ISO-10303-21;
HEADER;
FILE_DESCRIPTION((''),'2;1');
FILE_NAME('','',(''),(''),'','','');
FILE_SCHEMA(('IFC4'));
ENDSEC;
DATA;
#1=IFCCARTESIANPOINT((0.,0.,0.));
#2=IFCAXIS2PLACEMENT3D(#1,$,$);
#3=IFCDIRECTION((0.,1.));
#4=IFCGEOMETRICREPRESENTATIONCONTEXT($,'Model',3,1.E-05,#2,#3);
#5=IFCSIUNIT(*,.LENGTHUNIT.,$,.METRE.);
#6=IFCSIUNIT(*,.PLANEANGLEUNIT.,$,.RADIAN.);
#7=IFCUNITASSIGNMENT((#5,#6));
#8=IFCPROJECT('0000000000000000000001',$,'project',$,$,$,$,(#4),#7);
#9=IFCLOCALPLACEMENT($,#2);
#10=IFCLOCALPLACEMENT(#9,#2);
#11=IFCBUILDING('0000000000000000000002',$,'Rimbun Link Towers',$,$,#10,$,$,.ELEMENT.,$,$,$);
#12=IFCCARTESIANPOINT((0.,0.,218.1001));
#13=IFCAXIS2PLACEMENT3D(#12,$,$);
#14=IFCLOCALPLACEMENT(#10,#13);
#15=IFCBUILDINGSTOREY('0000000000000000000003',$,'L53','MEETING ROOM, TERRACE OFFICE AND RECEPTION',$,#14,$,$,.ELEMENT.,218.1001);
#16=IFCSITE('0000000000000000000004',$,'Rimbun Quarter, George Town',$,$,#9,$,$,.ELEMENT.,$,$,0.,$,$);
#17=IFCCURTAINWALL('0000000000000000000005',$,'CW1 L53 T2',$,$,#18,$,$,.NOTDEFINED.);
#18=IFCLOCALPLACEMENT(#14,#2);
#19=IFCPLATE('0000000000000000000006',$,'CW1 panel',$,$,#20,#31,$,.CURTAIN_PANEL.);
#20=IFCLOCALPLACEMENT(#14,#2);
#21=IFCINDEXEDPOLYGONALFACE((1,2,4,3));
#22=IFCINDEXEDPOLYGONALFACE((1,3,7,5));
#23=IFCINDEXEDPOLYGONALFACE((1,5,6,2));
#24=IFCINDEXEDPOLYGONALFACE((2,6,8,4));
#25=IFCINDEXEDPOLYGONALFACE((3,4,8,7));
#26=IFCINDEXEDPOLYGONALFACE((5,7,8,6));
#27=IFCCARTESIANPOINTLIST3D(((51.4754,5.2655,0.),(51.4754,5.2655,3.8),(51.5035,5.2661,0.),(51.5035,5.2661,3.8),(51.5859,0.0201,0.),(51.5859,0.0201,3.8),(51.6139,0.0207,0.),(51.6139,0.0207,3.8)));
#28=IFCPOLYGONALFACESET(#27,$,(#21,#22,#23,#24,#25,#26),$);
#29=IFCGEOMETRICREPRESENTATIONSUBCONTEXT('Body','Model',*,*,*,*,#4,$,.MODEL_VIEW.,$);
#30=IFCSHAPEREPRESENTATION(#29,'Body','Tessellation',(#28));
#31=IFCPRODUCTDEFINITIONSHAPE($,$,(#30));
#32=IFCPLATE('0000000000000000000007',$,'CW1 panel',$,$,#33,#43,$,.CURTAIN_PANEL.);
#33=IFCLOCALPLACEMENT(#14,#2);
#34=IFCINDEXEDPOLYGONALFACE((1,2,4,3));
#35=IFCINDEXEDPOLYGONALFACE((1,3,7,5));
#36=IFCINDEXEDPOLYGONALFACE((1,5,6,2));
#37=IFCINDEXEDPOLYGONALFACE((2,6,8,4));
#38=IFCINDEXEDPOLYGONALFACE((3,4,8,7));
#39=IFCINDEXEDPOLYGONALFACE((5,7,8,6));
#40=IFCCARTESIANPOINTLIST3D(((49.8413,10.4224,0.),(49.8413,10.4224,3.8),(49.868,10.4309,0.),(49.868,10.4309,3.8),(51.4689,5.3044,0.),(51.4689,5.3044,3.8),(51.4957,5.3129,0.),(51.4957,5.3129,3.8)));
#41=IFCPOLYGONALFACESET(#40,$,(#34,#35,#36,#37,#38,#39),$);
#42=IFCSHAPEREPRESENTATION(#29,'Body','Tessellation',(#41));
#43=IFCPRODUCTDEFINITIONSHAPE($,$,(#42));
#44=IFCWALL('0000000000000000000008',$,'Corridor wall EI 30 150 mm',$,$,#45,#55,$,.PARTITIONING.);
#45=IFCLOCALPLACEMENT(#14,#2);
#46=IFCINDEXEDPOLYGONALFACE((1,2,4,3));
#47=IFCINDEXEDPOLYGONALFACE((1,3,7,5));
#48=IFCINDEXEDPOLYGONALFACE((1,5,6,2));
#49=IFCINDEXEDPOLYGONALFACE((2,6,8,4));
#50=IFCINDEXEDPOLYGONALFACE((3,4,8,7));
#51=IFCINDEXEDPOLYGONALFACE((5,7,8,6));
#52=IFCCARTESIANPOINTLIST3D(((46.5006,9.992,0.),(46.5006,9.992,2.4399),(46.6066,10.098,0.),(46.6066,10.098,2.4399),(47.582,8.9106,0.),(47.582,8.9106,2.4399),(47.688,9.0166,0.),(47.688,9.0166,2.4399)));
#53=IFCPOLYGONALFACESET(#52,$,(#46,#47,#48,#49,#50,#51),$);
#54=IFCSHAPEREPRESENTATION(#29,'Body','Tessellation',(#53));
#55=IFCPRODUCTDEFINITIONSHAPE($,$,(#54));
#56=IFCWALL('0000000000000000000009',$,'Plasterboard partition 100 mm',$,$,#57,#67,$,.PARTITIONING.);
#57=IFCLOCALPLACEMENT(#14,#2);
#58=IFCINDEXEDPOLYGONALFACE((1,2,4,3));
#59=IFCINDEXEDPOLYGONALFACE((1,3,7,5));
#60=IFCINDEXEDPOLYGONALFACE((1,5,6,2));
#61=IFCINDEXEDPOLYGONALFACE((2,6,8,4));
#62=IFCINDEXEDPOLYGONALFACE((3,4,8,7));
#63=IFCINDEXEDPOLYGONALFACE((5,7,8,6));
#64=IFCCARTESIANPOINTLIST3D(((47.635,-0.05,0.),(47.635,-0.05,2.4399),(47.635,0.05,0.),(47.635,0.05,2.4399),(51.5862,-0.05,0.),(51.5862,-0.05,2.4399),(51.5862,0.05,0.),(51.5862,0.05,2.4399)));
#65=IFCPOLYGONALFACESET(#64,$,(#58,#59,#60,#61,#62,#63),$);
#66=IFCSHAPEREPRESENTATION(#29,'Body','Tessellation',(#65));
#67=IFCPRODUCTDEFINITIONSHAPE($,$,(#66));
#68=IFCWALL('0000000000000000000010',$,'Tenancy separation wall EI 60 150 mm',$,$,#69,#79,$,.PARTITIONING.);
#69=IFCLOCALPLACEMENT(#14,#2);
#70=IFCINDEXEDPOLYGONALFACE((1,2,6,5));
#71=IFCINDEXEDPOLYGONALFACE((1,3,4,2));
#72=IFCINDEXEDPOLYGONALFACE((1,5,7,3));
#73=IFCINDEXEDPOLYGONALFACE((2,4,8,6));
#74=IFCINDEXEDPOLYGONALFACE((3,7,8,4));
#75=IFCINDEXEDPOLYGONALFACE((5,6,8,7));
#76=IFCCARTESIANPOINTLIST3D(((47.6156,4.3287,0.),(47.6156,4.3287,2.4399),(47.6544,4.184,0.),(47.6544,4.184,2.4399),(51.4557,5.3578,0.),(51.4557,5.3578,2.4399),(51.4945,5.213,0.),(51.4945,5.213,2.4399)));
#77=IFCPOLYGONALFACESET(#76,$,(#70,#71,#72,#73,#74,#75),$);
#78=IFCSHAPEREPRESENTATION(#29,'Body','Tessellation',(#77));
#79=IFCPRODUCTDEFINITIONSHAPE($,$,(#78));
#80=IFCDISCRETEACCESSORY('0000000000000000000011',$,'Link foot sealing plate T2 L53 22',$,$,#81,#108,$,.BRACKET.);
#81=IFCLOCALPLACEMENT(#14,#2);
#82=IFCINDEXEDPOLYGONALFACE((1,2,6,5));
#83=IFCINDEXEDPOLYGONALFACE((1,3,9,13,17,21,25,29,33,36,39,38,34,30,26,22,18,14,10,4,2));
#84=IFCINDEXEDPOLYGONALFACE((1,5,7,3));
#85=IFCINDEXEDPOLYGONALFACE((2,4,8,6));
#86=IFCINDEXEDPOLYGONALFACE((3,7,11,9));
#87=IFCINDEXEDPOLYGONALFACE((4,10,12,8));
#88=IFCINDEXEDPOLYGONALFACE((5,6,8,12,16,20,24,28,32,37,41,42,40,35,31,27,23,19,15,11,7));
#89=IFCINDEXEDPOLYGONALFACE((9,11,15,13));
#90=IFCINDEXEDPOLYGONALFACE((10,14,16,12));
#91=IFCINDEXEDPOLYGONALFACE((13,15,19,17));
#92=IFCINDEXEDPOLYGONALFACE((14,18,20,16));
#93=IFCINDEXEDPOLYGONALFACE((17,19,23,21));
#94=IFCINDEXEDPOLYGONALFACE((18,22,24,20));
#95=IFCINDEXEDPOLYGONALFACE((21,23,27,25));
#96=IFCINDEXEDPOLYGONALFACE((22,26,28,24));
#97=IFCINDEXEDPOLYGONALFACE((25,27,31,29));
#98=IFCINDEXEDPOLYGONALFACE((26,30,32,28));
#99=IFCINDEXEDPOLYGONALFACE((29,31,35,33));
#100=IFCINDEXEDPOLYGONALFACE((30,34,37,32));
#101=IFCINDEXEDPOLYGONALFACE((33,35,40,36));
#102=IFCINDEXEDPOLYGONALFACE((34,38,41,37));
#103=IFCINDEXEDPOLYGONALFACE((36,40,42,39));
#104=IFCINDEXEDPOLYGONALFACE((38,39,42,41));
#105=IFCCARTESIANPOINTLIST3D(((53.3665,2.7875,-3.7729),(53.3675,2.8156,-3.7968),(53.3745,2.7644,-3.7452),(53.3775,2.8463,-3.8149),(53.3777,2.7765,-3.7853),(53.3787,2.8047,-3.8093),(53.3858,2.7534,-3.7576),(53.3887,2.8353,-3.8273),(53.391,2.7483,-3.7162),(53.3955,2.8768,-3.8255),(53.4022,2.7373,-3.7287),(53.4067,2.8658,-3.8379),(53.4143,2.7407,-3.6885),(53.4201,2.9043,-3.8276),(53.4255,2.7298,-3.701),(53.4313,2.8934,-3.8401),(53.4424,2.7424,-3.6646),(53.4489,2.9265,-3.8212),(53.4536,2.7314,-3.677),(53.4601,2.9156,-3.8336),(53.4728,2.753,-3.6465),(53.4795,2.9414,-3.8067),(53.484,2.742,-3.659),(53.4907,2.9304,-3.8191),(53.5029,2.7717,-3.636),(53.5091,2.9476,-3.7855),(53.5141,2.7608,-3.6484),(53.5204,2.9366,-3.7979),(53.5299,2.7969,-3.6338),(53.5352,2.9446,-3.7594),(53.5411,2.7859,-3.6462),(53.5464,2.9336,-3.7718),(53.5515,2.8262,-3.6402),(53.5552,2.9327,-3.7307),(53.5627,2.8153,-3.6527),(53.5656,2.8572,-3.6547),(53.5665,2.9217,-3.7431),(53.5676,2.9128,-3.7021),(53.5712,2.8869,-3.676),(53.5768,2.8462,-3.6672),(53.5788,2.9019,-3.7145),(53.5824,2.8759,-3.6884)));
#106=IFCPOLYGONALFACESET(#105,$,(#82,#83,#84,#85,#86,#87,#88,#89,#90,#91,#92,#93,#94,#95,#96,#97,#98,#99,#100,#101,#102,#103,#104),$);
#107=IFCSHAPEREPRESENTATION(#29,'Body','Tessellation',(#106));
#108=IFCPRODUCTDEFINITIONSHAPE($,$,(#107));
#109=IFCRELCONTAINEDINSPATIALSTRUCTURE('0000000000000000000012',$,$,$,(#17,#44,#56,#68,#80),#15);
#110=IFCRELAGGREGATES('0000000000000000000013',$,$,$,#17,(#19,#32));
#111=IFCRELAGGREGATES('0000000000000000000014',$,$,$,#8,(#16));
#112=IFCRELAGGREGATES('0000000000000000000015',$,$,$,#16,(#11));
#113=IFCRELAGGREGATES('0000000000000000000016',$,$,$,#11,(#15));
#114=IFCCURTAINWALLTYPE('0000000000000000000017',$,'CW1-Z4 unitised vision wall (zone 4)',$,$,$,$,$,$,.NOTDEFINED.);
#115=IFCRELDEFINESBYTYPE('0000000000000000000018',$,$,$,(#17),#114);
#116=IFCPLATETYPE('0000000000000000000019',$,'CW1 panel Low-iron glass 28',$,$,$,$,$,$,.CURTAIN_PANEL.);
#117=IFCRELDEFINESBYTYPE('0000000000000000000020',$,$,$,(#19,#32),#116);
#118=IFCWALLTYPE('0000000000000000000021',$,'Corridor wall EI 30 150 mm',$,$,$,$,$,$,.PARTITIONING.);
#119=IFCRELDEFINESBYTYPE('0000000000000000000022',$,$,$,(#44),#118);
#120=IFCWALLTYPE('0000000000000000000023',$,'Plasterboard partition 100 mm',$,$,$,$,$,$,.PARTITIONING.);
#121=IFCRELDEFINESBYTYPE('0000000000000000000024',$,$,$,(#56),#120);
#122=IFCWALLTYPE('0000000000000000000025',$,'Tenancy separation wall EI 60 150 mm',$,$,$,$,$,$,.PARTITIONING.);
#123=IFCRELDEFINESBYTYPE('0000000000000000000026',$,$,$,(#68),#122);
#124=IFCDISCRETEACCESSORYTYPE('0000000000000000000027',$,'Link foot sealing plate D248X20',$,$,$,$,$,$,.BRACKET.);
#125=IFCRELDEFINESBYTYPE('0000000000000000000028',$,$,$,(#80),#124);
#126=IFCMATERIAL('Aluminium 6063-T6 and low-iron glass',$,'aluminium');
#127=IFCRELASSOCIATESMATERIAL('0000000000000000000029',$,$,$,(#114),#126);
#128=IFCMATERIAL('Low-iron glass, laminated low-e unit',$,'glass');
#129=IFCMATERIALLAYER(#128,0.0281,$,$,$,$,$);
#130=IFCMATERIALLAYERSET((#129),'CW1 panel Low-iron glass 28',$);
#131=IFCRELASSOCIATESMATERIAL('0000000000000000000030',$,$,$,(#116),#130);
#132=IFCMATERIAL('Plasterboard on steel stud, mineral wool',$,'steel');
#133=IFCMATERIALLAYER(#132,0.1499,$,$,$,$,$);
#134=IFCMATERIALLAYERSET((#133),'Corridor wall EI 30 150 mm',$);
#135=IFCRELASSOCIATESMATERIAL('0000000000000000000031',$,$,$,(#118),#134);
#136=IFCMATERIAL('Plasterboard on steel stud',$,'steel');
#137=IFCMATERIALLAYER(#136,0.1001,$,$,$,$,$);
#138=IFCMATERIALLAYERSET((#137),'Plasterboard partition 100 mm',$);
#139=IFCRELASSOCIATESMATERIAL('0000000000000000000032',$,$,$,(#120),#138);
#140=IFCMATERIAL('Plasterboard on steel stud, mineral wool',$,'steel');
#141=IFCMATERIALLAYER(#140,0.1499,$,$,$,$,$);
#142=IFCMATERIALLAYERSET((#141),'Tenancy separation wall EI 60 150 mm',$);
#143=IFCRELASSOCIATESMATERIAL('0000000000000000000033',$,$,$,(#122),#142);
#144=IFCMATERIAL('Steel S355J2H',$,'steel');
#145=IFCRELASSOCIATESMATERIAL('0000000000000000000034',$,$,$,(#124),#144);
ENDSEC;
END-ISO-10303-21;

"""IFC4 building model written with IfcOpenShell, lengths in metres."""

from ifc_helpers import new_model, si_unit, direction, frame, frame_2d, origin, origin_2d, place, context, subcontext, project, spatial, rectangle, circle, extrude, material, layer, layer_set, material_profile, profile_set, type_object, element, aggregate, save


model = new_model("IFC4")

# Units and contexts
model_context = context("Model", 3, precision=1e-05, world=origin(), true_north=direction((0.0, 1.0)))
body_context = subcontext(model_context, "Body", "Model", "MODEL_VIEW")
ifc_project = project(units=[si_unit("LENGTHUNIT", "METRE"), si_unit("PLANEANGLEUNIT", "RADIAN")], contexts=[model_context])

# Site, building, storey
site_placement = place(None, origin())
site = spatial("IfcSite", under=ifc_project, at=site_placement, Name="Rimbun Quarter, George Town", CompositionType="ELEMENT", RefElevation=0.0)
building_placement = place(site_placement, origin())
building = spatial("IfcBuilding", under=site, at=building_placement, Name="Rimbun Link Towers", CompositionType="ELEMENT")
storey_placement = place(building_placement, frame((0.0, 0.0, 218.1001)))
storey = spatial("IfcBuildingStorey", under=building, at=storey_placement, Name="L53", Description="MEETING ROOM, TERRACE OFFICE AND RECEPTION", CompositionType="ELEMENT", Elevation=218.1001)

# Curtain wall
ifc_material_1 = material(Name="Aluminium 6063-T6 and low-iron glass", Category="aluminium")
curtain_wall_type = type_object("IfcCurtainWallType", Name="CW1-Z4 unitised vision wall (zone 4)", PredefinedType="NOTDEFINED", material=ifc_material_1)
curtain_wall_placement = place(storey_placement, origin())
curtain_wall = element("IfcCurtainWall", 1, at=curtain_wall_placement, inside=storey, type_object=curtain_wall_type, Name="CW1 L53 T2", PredefinedType="NOTDEFINED")

# Plates
ifc_material_2 = material(Name="Low-iron glass, laminated low-e unit", Category="glass")
ifc_layer_1 = layer(ifc_material_2, 0.0281)
ifc_layer_set_1 = layer_set([ifc_layer_1], Name="CW1 panel Low-iron glass 28")
plate_type = type_object("IfcPlateType", Name="CW1 panel Low-iron glass 28", PredefinedType="CURTAIN_PANEL", material=ifc_layer_set_1)
plate_1_placement = place(storey_placement, frame((51.5447, 2.6431, 0.0), z_axis=(0.0, 0.0, 1.0), x_axis=(0.021054, -0.999778, 0.0)))
plate_1 = element("IfcPlate", 2, at=plate_1_placement, type_object=plate_type, Name="CW1 panel", PredefinedType="CURTAIN_PANEL", context=body_context, shape_type="SweptSolid", body=[
    extrude(rectangle(XDim=5.2466, YDim=0.0281, at=origin_2d()), origin(), (0.0, 0.0, 1.0), 3.8),
])
plate_2_placement = place(storey_placement, frame((50.6685, 7.8677, 0.0), z_axis=(0.0, 0.0, 1.0), x_axis=(0.303068, -0.952969, 0.0)))
plate_2 = element("IfcPlate", 3, at=plate_2_placement, type_object=plate_type, Name="CW1 panel", PredefinedType="CURTAIN_PANEL", context=body_context, shape_type="SweptSolid", body=[
    extrude(rectangle(XDim=5.3706, YDim=0.0281, at=origin_2d()), origin(), (0.0, 0.0, 1.0), 3.8),
])
aggregate(curtain_wall, [plate_1, plate_2])

# Walls
ifc_material_3 = material(Name="Plasterboard on steel stud, mineral wool", Category="steel")
ifc_layer_2 = layer(ifc_material_3, 0.1499)
ifc_layer_set_2 = layer_set([ifc_layer_2], Name="Corridor wall EI 30 150 mm")
wall_type_1 = type_object("IfcWallType", Name="Corridor wall EI 30 150 mm", PredefinedType="PARTITIONING", material=ifc_layer_set_2)
wall_1_placement = place(storey_placement, frame((47.635, 8.9636, 0.0), z_axis=(0.0, 0.0, 1.0), x_axis=(-0.707107, 0.707107, 0.0)))
element("IfcWall", 4, at=wall_1_placement, inside=storey, type_object=wall_type_1, Name="Corridor wall EI 30 150 mm", PredefinedType="PARTITIONING", context=body_context, shape_type="SweptSolid", body=[
    extrude(rectangle(XDim=1.5293, YDim=0.1499, at=frame_2d((0.7646, 0.0))), origin(), (0.0, 0.0, 1.0), 2.4399),
])
ifc_material_4 = material(Name="Plasterboard on steel stud", Category="steel")
ifc_layer_3 = layer(ifc_material_4, 0.1001)
ifc_layer_set_3 = layer_set([ifc_layer_3], Name="Plasterboard partition 100 mm")
wall_type_2 = type_object("IfcWallType", Name="Plasterboard partition 100 mm", PredefinedType="PARTITIONING", material=ifc_layer_set_3)
wall_2_placement = place(storey_placement, frame((51.5862, 0.0, 0.0), z_axis=(0.0, 0.0, 1.0), x_axis=(-1.0, 0.0, 0.0)))
element("IfcWall", 5, at=wall_2_placement, inside=storey, type_object=wall_type_2, Name="Plasterboard partition 100 mm", PredefinedType="PARTITIONING", context=body_context, shape_type="SweptSolid", body=[
    extrude(rectangle(XDim=3.9512, YDim=0.1001, at=frame_2d((1.9756, 0.0))), origin(), (0.0, 0.0, 1.0), 2.4399),
])
ifc_material_5 = material(Name="Plasterboard on steel stud, mineral wool", Category="steel")
ifc_layer_4 = layer(ifc_material_5, 0.1499)
ifc_layer_set_4 = layer_set([ifc_layer_4], Name="Tenancy separation wall EI 60 150 mm")
wall_type_3 = type_object("IfcWallType", Name="Tenancy separation wall EI 60 150 mm", PredefinedType="PARTITIONING", material=ifc_layer_set_4)
wall_3_placement = place(storey_placement, frame((47.635, 4.2563, 0.0), z_axis=(0.0, 0.0, 1.0), x_axis=(0.965919, 0.258844, 0.0)))
element("IfcWall", 6, at=wall_3_placement, inside=storey, type_object=wall_type_3, Name="Tenancy separation wall EI 60 150 mm", PredefinedType="PARTITIONING", context=body_context, shape_type="SweptSolid", body=[
    extrude(rectangle(XDim=3.9756, YDim=0.1499, at=frame_2d((1.9878, 0.0))), origin(), (0.0, 0.0, 1.0), 2.4399),
])

# Discrete accessory
ifc_material_6 = material(Name="Steel S355J2H", Category="steel")
ifc_material_profile_1 = material_profile(ifc_material_6, circle(Radius=0.124, at=origin_2d()), Name="PL D248")
ifc_profile_set_1 = profile_set([ifc_material_profile_1], Name="Steel S355J2H")
discrete_accessory_type = type_object("IfcDiscreteAccessoryType", Name="Link foot sealing plate D248X20", PredefinedType="BRACKET", material=ifc_profile_set_1)
discrete_accessory_placement = place(storey_placement, frame((53.4685, 2.844, -3.7307), z_axis=(0.560226, -0.548047, -0.62112), x_axis=(0.699294, 0.714834, 0.0)))
element("IfcDiscreteAccessory", 7, at=discrete_accessory_placement, inside=storey, type_object=discrete_accessory_type, Name="Link foot sealing plate T2 L53 22", PredefinedType="BRACKET", context=body_context, shape_type="SweptSolid", body=[
    extrude(circle(Radius=0.124, at=origin_2d()), origin(), (0.0, 0.0, 1.0), 0.02),
])

save(model, "model.ifc")
